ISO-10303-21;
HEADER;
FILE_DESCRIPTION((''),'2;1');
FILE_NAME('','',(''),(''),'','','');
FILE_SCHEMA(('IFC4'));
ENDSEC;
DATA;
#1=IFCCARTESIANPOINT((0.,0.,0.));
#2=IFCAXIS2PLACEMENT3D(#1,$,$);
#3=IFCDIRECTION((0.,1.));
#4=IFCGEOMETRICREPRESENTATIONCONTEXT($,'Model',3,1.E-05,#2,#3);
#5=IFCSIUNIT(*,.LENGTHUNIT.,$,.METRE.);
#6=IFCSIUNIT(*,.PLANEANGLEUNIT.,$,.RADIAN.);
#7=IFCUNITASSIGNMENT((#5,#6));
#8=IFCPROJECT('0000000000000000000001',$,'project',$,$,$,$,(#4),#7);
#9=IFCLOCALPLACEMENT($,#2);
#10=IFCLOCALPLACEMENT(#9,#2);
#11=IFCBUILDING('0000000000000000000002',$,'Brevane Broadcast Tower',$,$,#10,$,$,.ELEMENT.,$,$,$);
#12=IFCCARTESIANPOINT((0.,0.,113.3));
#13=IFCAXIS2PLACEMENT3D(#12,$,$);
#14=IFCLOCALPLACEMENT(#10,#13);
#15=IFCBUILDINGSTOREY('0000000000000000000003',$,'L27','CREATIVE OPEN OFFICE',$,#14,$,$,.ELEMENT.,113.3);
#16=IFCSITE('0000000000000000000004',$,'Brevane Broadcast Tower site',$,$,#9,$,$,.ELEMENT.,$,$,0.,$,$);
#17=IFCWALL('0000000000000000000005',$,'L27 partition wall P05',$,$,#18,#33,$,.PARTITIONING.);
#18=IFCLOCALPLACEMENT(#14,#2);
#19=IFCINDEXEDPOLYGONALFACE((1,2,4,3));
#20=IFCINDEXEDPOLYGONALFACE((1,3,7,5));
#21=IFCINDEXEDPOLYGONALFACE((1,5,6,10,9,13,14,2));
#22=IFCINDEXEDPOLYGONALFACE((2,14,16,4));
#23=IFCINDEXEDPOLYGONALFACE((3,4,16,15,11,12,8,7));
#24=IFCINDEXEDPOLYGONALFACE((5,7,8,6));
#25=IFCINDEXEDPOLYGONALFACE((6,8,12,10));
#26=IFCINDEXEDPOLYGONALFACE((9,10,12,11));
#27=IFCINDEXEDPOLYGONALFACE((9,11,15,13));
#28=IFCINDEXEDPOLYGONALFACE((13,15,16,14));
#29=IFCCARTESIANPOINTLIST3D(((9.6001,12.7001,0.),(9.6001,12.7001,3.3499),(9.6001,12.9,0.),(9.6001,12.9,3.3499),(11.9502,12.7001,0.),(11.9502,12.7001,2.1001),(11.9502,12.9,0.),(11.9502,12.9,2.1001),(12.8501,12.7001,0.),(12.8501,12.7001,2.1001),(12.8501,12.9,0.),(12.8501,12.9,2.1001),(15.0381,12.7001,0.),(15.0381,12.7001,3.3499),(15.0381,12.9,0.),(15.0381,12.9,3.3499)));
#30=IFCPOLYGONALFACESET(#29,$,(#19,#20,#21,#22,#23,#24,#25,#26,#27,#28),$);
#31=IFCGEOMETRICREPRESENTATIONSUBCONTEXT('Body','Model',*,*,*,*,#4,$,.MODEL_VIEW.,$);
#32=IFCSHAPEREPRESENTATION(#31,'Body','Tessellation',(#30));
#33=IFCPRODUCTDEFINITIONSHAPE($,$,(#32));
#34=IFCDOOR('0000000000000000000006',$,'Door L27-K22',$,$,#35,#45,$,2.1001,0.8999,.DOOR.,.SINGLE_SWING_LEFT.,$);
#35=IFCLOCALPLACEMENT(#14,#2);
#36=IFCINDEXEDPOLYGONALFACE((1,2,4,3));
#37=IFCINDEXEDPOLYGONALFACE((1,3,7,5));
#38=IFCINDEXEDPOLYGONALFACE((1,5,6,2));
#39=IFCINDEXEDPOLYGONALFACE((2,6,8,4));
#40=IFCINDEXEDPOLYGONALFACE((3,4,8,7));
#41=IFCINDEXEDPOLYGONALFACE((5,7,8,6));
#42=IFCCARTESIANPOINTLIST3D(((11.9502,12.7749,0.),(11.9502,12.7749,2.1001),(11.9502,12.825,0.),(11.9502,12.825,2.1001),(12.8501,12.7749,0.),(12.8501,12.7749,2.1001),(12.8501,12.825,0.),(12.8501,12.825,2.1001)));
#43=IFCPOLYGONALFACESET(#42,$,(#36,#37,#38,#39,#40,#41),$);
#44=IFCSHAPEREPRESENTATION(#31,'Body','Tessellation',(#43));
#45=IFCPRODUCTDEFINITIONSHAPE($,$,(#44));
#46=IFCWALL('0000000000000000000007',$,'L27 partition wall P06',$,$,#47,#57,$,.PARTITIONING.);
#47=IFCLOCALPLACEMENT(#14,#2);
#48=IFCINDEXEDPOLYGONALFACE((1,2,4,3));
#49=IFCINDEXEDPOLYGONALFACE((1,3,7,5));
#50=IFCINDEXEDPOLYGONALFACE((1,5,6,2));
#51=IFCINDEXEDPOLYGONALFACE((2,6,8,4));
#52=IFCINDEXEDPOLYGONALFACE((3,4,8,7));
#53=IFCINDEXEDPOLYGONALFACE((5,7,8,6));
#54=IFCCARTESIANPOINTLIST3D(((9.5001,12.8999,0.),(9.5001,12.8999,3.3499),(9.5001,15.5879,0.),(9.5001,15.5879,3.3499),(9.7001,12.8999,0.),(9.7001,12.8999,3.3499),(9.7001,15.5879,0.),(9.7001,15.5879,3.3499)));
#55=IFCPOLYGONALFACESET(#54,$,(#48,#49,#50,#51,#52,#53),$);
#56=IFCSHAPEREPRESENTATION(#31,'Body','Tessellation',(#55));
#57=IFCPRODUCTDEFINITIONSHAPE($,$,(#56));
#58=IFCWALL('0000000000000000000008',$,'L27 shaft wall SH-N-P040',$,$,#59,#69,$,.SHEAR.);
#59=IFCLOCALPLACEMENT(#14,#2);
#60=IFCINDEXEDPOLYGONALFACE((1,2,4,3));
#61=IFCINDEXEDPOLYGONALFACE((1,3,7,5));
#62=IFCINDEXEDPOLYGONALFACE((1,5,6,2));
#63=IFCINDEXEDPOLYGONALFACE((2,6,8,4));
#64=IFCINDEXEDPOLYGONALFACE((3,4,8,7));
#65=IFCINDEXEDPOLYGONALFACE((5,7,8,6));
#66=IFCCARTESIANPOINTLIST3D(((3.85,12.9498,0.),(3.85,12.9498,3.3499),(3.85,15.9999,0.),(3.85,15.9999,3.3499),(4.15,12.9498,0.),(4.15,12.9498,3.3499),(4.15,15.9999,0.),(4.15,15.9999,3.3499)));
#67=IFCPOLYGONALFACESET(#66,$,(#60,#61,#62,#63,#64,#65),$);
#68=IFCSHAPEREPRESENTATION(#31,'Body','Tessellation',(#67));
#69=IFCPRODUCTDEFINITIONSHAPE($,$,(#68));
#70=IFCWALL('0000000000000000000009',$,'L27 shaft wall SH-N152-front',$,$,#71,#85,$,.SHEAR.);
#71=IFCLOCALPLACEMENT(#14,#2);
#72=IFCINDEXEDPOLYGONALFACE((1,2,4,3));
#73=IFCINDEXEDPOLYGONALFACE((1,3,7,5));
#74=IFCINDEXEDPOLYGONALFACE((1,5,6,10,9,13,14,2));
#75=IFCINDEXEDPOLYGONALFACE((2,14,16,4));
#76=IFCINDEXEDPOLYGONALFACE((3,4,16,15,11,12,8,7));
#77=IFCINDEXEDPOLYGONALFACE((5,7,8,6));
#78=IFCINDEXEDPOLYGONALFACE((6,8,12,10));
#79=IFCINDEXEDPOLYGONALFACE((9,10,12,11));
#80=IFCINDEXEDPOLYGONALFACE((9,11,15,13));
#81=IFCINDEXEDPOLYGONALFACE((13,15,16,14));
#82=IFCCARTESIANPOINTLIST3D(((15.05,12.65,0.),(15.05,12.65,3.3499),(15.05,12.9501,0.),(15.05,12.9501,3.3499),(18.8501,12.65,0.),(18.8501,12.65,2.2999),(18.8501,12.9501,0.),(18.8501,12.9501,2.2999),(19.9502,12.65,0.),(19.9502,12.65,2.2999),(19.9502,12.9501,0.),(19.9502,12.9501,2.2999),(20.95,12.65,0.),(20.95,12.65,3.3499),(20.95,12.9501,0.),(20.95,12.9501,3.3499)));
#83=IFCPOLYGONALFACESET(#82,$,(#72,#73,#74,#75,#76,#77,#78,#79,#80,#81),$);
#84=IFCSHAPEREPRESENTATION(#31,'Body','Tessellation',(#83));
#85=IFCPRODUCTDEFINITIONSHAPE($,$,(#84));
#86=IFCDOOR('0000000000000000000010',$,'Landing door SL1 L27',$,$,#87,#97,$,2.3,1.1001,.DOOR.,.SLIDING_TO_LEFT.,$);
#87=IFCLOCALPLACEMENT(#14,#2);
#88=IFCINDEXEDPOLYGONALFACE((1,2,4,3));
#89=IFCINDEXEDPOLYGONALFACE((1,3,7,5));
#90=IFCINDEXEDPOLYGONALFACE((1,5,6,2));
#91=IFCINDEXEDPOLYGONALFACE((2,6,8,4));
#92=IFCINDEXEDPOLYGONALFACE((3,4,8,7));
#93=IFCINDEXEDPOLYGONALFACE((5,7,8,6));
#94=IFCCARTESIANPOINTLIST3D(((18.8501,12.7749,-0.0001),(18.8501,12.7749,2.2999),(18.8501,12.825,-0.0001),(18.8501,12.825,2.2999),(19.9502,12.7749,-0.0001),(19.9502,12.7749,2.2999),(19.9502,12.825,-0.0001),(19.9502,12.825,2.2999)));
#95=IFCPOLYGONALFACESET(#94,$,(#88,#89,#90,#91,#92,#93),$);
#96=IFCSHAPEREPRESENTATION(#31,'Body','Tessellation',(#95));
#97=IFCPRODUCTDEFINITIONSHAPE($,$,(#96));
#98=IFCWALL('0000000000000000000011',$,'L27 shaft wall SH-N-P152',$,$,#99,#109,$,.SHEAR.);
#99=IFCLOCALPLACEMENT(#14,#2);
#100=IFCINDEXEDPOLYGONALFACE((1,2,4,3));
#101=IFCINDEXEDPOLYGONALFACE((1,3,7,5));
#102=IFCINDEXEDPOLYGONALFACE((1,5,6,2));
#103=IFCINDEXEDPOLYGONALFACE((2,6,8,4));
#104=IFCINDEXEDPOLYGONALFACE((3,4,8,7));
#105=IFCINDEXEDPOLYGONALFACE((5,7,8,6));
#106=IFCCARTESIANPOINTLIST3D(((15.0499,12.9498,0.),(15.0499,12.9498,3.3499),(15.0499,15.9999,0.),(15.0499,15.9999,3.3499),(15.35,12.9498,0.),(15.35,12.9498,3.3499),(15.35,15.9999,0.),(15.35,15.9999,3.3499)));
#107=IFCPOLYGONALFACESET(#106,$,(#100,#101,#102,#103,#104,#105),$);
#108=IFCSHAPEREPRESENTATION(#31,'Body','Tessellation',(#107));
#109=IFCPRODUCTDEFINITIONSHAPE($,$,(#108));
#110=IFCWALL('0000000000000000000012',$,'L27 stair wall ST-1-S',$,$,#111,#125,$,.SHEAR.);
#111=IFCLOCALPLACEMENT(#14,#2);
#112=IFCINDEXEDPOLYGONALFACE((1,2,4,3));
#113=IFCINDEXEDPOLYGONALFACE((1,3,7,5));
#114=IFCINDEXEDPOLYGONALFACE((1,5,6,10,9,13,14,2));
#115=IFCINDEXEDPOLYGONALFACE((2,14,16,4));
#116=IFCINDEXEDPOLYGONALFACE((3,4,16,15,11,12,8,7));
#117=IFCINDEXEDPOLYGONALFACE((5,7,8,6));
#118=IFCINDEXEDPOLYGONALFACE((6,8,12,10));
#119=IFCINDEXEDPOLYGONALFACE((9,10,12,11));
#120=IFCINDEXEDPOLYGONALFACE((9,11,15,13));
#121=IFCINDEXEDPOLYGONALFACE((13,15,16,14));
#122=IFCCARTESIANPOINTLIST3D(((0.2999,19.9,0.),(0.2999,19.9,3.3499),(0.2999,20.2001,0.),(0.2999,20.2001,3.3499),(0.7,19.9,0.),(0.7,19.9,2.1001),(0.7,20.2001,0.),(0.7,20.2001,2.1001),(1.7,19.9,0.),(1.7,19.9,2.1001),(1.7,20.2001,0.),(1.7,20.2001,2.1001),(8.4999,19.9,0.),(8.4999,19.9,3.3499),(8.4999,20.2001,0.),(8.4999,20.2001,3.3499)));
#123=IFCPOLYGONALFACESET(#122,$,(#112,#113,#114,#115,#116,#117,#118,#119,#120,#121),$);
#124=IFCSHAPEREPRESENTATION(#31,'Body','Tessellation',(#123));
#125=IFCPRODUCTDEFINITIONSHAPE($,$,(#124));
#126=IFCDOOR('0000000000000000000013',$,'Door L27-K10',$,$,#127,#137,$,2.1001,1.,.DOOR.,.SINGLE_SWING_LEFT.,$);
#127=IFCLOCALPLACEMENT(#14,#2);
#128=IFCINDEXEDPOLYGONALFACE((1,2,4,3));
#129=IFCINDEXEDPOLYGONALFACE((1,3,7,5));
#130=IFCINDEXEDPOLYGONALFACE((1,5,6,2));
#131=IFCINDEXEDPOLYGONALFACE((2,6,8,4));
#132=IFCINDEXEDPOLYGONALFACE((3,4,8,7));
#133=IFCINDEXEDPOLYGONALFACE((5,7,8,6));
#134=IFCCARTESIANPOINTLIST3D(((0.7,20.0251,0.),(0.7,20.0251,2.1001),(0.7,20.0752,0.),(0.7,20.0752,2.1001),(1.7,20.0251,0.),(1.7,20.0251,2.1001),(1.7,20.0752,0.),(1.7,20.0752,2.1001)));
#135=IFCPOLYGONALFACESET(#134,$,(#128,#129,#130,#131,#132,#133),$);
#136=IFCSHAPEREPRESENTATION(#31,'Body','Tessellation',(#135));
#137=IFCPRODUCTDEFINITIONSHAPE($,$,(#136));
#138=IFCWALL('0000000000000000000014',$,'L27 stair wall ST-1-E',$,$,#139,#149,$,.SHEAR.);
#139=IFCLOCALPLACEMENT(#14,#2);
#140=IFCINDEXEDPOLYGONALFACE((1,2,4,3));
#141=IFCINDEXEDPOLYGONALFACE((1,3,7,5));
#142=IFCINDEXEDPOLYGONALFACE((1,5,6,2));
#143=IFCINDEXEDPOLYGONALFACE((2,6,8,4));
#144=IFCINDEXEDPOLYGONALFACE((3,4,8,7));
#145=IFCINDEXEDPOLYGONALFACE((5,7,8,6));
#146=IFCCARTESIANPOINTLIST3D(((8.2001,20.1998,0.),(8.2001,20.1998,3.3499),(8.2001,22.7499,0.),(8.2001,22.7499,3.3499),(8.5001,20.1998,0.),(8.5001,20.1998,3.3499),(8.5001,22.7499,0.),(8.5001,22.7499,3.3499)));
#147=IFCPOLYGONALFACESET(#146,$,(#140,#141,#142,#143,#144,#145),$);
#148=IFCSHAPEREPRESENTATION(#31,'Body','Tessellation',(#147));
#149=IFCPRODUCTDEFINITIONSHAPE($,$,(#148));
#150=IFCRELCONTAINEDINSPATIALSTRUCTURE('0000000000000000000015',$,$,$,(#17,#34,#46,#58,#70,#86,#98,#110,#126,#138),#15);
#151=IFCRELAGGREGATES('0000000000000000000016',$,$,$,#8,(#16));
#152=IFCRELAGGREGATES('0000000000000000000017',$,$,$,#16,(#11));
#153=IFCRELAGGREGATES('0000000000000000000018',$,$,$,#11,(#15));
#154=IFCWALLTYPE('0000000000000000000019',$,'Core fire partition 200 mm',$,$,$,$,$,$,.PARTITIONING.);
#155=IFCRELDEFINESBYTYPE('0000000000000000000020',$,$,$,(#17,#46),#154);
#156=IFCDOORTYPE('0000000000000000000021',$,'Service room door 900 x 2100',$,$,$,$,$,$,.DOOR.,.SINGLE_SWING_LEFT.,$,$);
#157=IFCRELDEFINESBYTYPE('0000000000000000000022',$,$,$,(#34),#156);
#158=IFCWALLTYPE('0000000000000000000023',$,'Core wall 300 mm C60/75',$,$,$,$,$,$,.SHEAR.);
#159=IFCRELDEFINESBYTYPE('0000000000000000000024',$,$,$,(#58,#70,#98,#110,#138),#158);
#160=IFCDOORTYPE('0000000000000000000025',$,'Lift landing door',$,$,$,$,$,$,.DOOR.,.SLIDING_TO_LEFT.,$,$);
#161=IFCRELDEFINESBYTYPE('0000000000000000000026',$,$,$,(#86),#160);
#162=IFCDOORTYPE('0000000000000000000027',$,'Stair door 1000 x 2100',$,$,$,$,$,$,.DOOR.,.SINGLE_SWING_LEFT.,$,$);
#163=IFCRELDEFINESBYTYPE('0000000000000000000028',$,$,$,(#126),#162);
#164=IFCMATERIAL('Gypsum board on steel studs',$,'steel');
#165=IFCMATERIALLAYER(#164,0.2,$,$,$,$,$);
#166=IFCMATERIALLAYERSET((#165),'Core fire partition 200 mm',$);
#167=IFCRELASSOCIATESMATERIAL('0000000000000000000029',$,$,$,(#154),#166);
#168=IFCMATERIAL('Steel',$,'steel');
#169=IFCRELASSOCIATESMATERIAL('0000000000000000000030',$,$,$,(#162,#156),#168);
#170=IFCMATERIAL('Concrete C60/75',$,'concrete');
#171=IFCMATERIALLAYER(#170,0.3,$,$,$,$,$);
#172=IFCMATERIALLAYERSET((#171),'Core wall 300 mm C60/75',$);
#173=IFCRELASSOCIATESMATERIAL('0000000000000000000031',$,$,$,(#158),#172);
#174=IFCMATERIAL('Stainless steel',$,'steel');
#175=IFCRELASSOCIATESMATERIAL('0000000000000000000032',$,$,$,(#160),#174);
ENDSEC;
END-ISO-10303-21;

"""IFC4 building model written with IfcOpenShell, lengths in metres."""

from ifc_helpers import new_model, si_unit, direction, frame, frame_2d, origin, place, context, subcontext, project, spatial, rectangle, extrude, material, layer, layer_set, type_object, element, fill, save


model = new_model("IFC4")

# Units and contexts
model_context = context("Model", 3, precision=1e-05, world=origin(), true_north=direction((0.0, 1.0)))
body_context = subcontext(model_context, "Body", "Model", "MODEL_VIEW")
ifc_project = project(units=[si_unit("LENGTHUNIT", "METRE"), si_unit("PLANEANGLEUNIT", "RADIAN")], contexts=[model_context])

# Site, building, storey
site_placement = place(None, origin())
site = spatial("IfcSite", under=ifc_project, at=site_placement, Name="Brevane Broadcast Tower site", CompositionType="ELEMENT", RefElevation=0.0)
building_placement = place(site_placement, origin())
building = spatial("IfcBuilding", under=site, at=building_placement, Name="Brevane Broadcast Tower", CompositionType="ELEMENT")
storey_placement = place(building_placement, frame((0.0, 0.0, 113.3)))
storey = spatial("IfcBuildingStorey", under=building, at=storey_placement, Name="L27", Description="CREATIVE OPEN OFFICE", CompositionType="ELEMENT", Elevation=113.3)

# Shared definitions
ifc_material_1 = material(Name="Gypsum board on steel studs", Category="steel")
ifc_material_2 = material(Name="Steel", Category="steel")

# Wall, opening, door
ifc_layer_1 = layer(ifc_material_1, 0.2)
ifc_layer_set_1 = layer_set([ifc_layer_1], Name="Core fire partition 200 mm")
wall_type_1 = type_object("IfcWallType", Name="Core fire partition 200 mm", PredefinedType="PARTITIONING", material=ifc_layer_set_1)
door_type_1 = type_object("IfcDoorType", Name="Stair door 1000 x 2100", OperationType="SINGLE_SWING_LEFT", PredefinedType="DOOR", material=ifc_material_2)
door_type_2 = type_object("IfcDoorType", Name="Service room door 900 x 2100", OperationType="SINGLE_SWING_LEFT", PredefinedType="DOOR", material=ifc_material_2)
wall_1_placement = place(storey_placement, frame((9.6001, 12.8, 0.0), z_axis=(0.0, 0.0, 1.0), x_axis=(1.0, 0.0, 0.0)))
wall_1 = element("IfcWall", 1, at=wall_1_placement, inside=storey, type_object=wall_type_1, Name="L27 partition wall P05", PredefinedType="PARTITIONING", context=body_context, shape_type="SweptSolid", body=[
    extrude(rectangle(XDim=5.438, YDim=0.2, at=frame_2d((2.719, 0.0))), origin(), (0.0, 0.0, 1.0), 3.3499),
])
opening_1_placement = place(wall_1_placement, frame((2.3501, 0.0, 0.0)))
opening_1 = element("IfcOpeningElement", 2, at=opening_1_placement, cuts=wall_1, PredefinedType="OPENING", context=body_context, shape_type="SweptSolid", body=[
    extrude(rectangle(XDim=0.8999, YDim=2.1001, at=frame_2d((0.45, 1.05))), frame((0.0, 0.1099, 0.0), z_axis=(0.0, -1.0, 0.0), x_axis=(1.0, 0.0, 0.0)), (0.0, 0.0, 1.0), 0.22),
])
door_1_placement = place(opening_1_placement, origin())
door_1 = element("IfcDoor", 3, at=door_1_placement, inside=storey, type_object=door_type_2, Name="Door L27-K22", OperationType="SINGLE_SWING_LEFT", OverallHeight=2.1001, OverallWidth=0.8999, PredefinedType="DOOR", context=body_context, shape_type="SweptSolid", body=[
    extrude(rectangle(XDim=0.8999, YDim=2.1001, at=frame_2d((0.45, 1.05))), frame((0.0, 0.0249, 0.0), z_axis=(0.0, -1.0, 0.0), x_axis=(1.0, 0.0, 0.0)), (0.0, 0.0, 1.0), 0.05),
])
fill(opening_1, door_1)

# Walls
wall_2_placement = place(storey_placement, frame((9.6001, 15.5879, 0.0), z_axis=(0.0, 0.0, 1.0), x_axis=(0.0, -1.0, 0.0)))
element("IfcWall", 4, at=wall_2_placement, inside=storey, type_object=wall_type_1, Name="L27 partition wall P06", PredefinedType="PARTITIONING", context=body_context, shape_type="SweptSolid", body=[
    extrude(rectangle(XDim=2.688, YDim=0.2, at=frame_2d((1.344, 0.0))), origin(), (0.0, 0.0, 1.0), 3.3499),
])
ifc_material_3 = material(Name="Concrete C60/75", Category="concrete")
ifc_layer_2 = layer(ifc_material_3, 0.3)
ifc_layer_set_2 = layer_set([ifc_layer_2], Name="Core wall 300 mm C60/75")
wall_type_2 = type_object("IfcWallType", Name="Core wall 300 mm C60/75", PredefinedType="SHEAR", material=ifc_layer_set_2)
wall_3_placement = place(storey_placement, frame((4.0, 12.95, 0.0), z_axis=(0.0, 0.0, 1.0), x_axis=(0.0, 1.0, 0.0)))
element("IfcWall", 5, at=wall_3_placement, inside=storey, type_object=wall_type_2, Name="L27 shaft wall SH-N-P040", PredefinedType="SHEAR", context=body_context, shape_type="SweptSolid", body=[
    extrude(rectangle(XDim=3.05, YDim=0.3, at=frame_2d((1.5249, 0.0))), origin(), (0.0, 0.0, 1.0), 3.3499),
])

# Wall, opening, door
wall_4_placement = place(storey_placement, frame((15.05, 12.8, 0.0), z_axis=(0.0, 0.0, 1.0), x_axis=(1.0, 0.0, 0.0)))
wall_4 = element("IfcWall", 6, at=wall_4_placement, inside=storey, type_object=wall_type_2, Name="L27 shaft wall SH-N152-front", PredefinedType="SHEAR", context=body_context, shape_type="SweptSolid", body=[
    extrude(rectangle(XDim=5.8999, YDim=0.3, at=frame_2d((2.95, 0.0))), origin(), (0.0, 0.0, 1.0), 3.3499),
])
opening_2_placement = place(wall_4_placement, frame((3.8, 0.0, 0.0)))
opening_2 = element("IfcOpeningElement", 7, at=opening_2_placement, cuts=wall_4, PredefinedType="OPENING", context=body_context, shape_type="SweptSolid", body=[
    extrude(rectangle(XDim=1.1001, YDim=2.3, at=frame_2d((0.55, 1.1499))), frame((0.0, 0.1599, 0.0), z_axis=(0.0, -1.0, 0.0), x_axis=(1.0, 0.0, 0.0)), (0.0, 0.0, 1.0), 0.3201),
])
ifc_material_4 = material(Name="Stainless steel", Category="steel")
door_type_3 = type_object("IfcDoorType", Name="Lift landing door", OperationType="SLIDING_TO_LEFT", PredefinedType="DOOR", material=ifc_material_4)
door_2_placement = place(opening_2_placement, origin())
door_2 = element("IfcDoor", 8, at=door_2_placement, inside=storey, type_object=door_type_3, Name="Landing door SL1 L27", OperationType="SLIDING_TO_LEFT", OverallHeight=2.3, OverallWidth=1.1001, PredefinedType="DOOR", context=body_context, shape_type="SweptSolid", body=[
    extrude(rectangle(XDim=1.1001, YDim=2.3, at=frame_2d((0.55, 1.1499))), frame((0.0, 0.0249, 0.0), z_axis=(0.0, -1.0, 0.0), x_axis=(1.0, 0.0, 0.0)), (0.0, 0.0, 1.0), 0.05),
])
fill(opening_2, door_2)

# Wall
wall_5_placement = place(storey_placement, frame((15.2, 12.95, 0.0), z_axis=(0.0, 0.0, 1.0), x_axis=(0.0, 1.0, 0.0)))
element("IfcWall", 9, at=wall_5_placement, inside=storey, type_object=wall_type_2, Name="L27 shaft wall SH-N-P152", PredefinedType="SHEAR", context=body_context, shape_type="SweptSolid", body=[
    extrude(rectangle(XDim=3.05, YDim=0.3, at=frame_2d((1.5249, 0.0))), origin(), (0.0, 0.0, 1.0), 3.3499),
])

# Wall, opening, door
wall_6_placement = place(storey_placement, frame((8.5, 20.05, 0.0), z_axis=(0.0, 0.0, 1.0), x_axis=(-1.0, 0.0, 0.0)))
wall_6 = element("IfcWall", 10, at=wall_6_placement, inside=storey, type_object=wall_type_2, Name="L27 stair wall ST-1-S", PredefinedType="SHEAR", context=body_context, shape_type="SweptSolid", body=[
    extrude(rectangle(XDim=8.2, YDim=0.3, at=frame_2d((4.1001, 0.0))), origin(), (0.0, 0.0, 1.0), 3.3499),
])
opening_3_placement = place(wall_6_placement, frame((6.8, 0.0, 0.0)))
opening_3 = element("IfcOpeningElement", 11, at=opening_3_placement, cuts=wall_6, PredefinedType="OPENING", context=body_context, shape_type="SweptSolid", body=[
    extrude(rectangle(XDim=1.0, YDim=2.1001, at=frame_2d((0.5, 1.05))), frame((0.0, 0.1599, 0.0), z_axis=(0.0, -1.0, 0.0), x_axis=(1.0, 0.0, 0.0)), (0.0, 0.0, 1.0), 0.3201),
])
door_3_placement = place(opening_3_placement, origin())
door_3 = element("IfcDoor", 12, at=door_3_placement, inside=storey, type_object=door_type_1, Name="Door L27-K10", OperationType="SINGLE_SWING_LEFT", OverallHeight=2.1001, OverallWidth=1.0, PredefinedType="DOOR", context=body_context, shape_type="SweptSolid", body=[
    extrude(rectangle(XDim=1.0, YDim=2.1001, at=frame_2d((0.5, 1.05))), frame((0.0, 0.0249, 0.0), z_axis=(0.0, -1.0, 0.0), x_axis=(1.0, 0.0, 0.0)), (0.0, 0.0, 1.0), 0.05),
])
fill(opening_3, door_3)

# Wall
wall_7_placement = place(storey_placement, frame((8.3501, 20.2, 0.0), z_axis=(0.0, 0.0, 1.0), x_axis=(0.0, 1.0, 0.0)))
element("IfcWall", 13, at=wall_7_placement, inside=storey, type_object=wall_type_2, Name="L27 stair wall ST-1-E", PredefinedType="SHEAR", context=body_context, shape_type="SweptSolid", body=[
    extrude(rectangle(XDim=2.55, YDim=0.3, at=frame_2d((1.2749, 0.0))), origin(), (0.0, 0.0, 1.0), 3.3499),
])

save(model, "model.ifc")
